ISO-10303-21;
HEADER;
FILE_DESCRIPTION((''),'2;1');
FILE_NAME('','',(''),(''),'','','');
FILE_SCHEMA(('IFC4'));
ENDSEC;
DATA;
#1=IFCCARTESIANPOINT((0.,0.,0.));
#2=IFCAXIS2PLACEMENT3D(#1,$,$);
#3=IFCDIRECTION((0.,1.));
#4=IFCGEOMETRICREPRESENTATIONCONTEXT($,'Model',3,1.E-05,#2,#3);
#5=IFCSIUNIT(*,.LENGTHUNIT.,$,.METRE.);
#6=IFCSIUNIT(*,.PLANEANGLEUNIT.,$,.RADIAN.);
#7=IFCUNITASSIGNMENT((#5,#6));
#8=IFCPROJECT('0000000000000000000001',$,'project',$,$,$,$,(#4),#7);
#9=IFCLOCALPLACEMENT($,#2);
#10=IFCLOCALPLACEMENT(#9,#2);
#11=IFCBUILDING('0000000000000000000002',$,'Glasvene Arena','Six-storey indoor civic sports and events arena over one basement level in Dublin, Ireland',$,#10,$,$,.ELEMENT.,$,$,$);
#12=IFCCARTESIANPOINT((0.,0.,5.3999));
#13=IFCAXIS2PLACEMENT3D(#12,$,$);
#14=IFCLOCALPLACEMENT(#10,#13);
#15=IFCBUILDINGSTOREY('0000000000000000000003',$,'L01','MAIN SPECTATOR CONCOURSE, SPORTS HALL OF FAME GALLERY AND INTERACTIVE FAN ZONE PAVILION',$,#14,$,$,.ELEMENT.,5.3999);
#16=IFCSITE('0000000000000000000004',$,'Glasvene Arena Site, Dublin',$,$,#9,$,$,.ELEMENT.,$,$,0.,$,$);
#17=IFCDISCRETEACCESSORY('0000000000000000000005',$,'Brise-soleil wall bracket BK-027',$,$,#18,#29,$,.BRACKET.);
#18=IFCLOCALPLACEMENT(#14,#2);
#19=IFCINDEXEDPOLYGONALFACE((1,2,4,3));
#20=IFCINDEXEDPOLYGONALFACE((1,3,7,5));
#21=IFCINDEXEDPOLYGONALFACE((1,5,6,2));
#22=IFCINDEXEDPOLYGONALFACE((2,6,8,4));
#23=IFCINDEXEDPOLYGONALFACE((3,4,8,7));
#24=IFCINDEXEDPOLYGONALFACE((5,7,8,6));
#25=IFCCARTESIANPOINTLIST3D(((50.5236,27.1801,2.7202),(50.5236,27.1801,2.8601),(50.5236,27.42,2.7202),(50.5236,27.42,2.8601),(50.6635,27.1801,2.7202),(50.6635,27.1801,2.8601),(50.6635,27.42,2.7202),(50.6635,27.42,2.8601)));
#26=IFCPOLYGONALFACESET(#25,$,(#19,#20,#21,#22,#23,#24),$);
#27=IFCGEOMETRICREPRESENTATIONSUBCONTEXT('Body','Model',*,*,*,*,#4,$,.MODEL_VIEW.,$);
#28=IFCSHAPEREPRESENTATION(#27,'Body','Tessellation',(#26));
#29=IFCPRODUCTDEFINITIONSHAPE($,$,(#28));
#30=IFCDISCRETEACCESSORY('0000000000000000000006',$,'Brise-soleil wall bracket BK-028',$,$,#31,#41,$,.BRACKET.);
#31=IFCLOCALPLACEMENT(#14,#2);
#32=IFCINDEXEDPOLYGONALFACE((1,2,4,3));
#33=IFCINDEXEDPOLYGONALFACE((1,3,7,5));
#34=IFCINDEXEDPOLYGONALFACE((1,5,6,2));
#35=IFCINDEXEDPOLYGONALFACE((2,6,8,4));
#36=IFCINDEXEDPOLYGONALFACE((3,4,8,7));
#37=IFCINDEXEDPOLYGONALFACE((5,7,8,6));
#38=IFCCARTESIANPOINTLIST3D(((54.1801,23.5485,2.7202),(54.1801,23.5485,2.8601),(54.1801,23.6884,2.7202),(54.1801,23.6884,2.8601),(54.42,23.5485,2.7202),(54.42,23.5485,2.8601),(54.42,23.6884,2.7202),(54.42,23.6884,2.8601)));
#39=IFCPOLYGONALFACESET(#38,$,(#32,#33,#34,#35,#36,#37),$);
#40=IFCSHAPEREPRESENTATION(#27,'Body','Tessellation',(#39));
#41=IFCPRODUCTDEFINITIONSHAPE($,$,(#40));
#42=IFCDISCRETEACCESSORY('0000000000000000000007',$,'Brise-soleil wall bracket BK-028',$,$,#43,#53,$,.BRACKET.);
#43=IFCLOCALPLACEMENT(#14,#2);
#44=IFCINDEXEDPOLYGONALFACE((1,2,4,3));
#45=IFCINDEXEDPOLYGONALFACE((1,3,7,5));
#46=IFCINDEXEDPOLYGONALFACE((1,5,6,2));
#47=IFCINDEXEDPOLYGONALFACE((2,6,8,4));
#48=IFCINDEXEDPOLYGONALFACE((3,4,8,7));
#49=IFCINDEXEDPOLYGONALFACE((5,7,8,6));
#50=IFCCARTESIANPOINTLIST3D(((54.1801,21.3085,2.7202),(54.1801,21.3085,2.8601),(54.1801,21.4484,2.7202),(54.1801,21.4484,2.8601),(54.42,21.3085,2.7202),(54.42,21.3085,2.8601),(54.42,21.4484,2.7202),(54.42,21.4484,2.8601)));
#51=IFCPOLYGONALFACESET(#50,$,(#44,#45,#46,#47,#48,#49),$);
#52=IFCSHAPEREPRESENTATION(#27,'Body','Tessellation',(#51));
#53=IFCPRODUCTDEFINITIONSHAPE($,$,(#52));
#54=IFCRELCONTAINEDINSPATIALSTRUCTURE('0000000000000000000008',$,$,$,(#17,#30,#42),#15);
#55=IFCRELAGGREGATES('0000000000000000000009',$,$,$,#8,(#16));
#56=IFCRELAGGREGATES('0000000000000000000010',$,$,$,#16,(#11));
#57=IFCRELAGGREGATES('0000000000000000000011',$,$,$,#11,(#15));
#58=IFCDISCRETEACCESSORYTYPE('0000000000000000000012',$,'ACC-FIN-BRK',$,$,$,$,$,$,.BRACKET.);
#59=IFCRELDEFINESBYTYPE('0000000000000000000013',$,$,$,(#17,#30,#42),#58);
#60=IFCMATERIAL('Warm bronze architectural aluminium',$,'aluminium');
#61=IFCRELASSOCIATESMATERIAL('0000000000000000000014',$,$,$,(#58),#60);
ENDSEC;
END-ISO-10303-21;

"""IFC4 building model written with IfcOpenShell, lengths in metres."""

from ifc_helpers import new_model, si_unit, direction, frame, origin, origin_2d, place, context, subcontext, project, spatial, rectangle, extrude, material, type_object, element, save


model = new_model("IFC4")

# Units and contexts
model_context = context("Model", 3, precision=1e-05, world=origin(), true_north=direction((0.0, 1.0)))
body_context = subcontext(model_context, "Body", "Model", "MODEL_VIEW")
ifc_project = project(units=[si_unit("LENGTHUNIT", "METRE"), si_unit("PLANEANGLEUNIT", "RADIAN")], contexts=[model_context])

# Site, building, storey
site_placement = place(None, origin())
site = spatial("IfcSite", under=ifc_project, at=site_placement, Name="Glasvene Arena Site, Dublin", CompositionType="ELEMENT", RefElevation=0.0)
building_placement = place(site_placement, origin())
building = spatial("IfcBuilding", under=site, at=building_placement, Name="Glasvene Arena", Description="Six-storey indoor civic sports and events arena over one basement level in Dublin, Ireland", CompositionType="ELEMENT")
storey_placement = place(building_placement, frame((0.0, 0.0, 5.3999)))
storey = spatial("IfcBuildingStorey", under=building, at=storey_placement, Name="L01", Description="MAIN SPECTATOR CONCOURSE, SPORTS HALL OF FAME GALLERY AND INTERACTIVE FAN ZONE PAVILION", CompositionType="ELEMENT", Elevation=5.3999)

# Shared definitions
ifc_material_1 = material(Name="Warm bronze architectural aluminium", Category="aluminium")

# Discrete accessories
discrete_accessory_type_1 = type_object("IfcDiscreteAccessoryType", Name="ACC-FIN-BRK", PredefinedType="BRACKET", material=ifc_material_1)
for number, where, z_axis, x_axis, name in (
    (1, (50.5935, 27.3, 2.7202), (0.0, 0.0, 1.0), (1.0, 0.0, 0.0), "Brise-soleil wall bracket BK-027"),
    (2, (54.3, 23.6184, 2.7202), (0.0, 0.0, 1.0), (0.0, -1.0, 0.0), "Brise-soleil wall bracket BK-028"),
    (3, (54.3, 21.3784, 2.7202), (0.0, 0.0, 1.0), (0.0, -1.0, 0.0), "Brise-soleil wall bracket BK-028"),
):
    element("IfcDiscreteAccessory", number, at=place(storey_placement, frame(where, z_axis=z_axis, x_axis=x_axis)), inside=storey, type_object=discrete_accessory_type_1, Name=name, PredefinedType="BRACKET", context=body_context, shape_type="SweptSolid", body=[
        extrude(rectangle(XDim=0.1399, YDim=0.24, at=origin_2d()), origin(), (0.0, 0.0, 1.0), 0.1399),
    ])

save(model, "model.ifc")
